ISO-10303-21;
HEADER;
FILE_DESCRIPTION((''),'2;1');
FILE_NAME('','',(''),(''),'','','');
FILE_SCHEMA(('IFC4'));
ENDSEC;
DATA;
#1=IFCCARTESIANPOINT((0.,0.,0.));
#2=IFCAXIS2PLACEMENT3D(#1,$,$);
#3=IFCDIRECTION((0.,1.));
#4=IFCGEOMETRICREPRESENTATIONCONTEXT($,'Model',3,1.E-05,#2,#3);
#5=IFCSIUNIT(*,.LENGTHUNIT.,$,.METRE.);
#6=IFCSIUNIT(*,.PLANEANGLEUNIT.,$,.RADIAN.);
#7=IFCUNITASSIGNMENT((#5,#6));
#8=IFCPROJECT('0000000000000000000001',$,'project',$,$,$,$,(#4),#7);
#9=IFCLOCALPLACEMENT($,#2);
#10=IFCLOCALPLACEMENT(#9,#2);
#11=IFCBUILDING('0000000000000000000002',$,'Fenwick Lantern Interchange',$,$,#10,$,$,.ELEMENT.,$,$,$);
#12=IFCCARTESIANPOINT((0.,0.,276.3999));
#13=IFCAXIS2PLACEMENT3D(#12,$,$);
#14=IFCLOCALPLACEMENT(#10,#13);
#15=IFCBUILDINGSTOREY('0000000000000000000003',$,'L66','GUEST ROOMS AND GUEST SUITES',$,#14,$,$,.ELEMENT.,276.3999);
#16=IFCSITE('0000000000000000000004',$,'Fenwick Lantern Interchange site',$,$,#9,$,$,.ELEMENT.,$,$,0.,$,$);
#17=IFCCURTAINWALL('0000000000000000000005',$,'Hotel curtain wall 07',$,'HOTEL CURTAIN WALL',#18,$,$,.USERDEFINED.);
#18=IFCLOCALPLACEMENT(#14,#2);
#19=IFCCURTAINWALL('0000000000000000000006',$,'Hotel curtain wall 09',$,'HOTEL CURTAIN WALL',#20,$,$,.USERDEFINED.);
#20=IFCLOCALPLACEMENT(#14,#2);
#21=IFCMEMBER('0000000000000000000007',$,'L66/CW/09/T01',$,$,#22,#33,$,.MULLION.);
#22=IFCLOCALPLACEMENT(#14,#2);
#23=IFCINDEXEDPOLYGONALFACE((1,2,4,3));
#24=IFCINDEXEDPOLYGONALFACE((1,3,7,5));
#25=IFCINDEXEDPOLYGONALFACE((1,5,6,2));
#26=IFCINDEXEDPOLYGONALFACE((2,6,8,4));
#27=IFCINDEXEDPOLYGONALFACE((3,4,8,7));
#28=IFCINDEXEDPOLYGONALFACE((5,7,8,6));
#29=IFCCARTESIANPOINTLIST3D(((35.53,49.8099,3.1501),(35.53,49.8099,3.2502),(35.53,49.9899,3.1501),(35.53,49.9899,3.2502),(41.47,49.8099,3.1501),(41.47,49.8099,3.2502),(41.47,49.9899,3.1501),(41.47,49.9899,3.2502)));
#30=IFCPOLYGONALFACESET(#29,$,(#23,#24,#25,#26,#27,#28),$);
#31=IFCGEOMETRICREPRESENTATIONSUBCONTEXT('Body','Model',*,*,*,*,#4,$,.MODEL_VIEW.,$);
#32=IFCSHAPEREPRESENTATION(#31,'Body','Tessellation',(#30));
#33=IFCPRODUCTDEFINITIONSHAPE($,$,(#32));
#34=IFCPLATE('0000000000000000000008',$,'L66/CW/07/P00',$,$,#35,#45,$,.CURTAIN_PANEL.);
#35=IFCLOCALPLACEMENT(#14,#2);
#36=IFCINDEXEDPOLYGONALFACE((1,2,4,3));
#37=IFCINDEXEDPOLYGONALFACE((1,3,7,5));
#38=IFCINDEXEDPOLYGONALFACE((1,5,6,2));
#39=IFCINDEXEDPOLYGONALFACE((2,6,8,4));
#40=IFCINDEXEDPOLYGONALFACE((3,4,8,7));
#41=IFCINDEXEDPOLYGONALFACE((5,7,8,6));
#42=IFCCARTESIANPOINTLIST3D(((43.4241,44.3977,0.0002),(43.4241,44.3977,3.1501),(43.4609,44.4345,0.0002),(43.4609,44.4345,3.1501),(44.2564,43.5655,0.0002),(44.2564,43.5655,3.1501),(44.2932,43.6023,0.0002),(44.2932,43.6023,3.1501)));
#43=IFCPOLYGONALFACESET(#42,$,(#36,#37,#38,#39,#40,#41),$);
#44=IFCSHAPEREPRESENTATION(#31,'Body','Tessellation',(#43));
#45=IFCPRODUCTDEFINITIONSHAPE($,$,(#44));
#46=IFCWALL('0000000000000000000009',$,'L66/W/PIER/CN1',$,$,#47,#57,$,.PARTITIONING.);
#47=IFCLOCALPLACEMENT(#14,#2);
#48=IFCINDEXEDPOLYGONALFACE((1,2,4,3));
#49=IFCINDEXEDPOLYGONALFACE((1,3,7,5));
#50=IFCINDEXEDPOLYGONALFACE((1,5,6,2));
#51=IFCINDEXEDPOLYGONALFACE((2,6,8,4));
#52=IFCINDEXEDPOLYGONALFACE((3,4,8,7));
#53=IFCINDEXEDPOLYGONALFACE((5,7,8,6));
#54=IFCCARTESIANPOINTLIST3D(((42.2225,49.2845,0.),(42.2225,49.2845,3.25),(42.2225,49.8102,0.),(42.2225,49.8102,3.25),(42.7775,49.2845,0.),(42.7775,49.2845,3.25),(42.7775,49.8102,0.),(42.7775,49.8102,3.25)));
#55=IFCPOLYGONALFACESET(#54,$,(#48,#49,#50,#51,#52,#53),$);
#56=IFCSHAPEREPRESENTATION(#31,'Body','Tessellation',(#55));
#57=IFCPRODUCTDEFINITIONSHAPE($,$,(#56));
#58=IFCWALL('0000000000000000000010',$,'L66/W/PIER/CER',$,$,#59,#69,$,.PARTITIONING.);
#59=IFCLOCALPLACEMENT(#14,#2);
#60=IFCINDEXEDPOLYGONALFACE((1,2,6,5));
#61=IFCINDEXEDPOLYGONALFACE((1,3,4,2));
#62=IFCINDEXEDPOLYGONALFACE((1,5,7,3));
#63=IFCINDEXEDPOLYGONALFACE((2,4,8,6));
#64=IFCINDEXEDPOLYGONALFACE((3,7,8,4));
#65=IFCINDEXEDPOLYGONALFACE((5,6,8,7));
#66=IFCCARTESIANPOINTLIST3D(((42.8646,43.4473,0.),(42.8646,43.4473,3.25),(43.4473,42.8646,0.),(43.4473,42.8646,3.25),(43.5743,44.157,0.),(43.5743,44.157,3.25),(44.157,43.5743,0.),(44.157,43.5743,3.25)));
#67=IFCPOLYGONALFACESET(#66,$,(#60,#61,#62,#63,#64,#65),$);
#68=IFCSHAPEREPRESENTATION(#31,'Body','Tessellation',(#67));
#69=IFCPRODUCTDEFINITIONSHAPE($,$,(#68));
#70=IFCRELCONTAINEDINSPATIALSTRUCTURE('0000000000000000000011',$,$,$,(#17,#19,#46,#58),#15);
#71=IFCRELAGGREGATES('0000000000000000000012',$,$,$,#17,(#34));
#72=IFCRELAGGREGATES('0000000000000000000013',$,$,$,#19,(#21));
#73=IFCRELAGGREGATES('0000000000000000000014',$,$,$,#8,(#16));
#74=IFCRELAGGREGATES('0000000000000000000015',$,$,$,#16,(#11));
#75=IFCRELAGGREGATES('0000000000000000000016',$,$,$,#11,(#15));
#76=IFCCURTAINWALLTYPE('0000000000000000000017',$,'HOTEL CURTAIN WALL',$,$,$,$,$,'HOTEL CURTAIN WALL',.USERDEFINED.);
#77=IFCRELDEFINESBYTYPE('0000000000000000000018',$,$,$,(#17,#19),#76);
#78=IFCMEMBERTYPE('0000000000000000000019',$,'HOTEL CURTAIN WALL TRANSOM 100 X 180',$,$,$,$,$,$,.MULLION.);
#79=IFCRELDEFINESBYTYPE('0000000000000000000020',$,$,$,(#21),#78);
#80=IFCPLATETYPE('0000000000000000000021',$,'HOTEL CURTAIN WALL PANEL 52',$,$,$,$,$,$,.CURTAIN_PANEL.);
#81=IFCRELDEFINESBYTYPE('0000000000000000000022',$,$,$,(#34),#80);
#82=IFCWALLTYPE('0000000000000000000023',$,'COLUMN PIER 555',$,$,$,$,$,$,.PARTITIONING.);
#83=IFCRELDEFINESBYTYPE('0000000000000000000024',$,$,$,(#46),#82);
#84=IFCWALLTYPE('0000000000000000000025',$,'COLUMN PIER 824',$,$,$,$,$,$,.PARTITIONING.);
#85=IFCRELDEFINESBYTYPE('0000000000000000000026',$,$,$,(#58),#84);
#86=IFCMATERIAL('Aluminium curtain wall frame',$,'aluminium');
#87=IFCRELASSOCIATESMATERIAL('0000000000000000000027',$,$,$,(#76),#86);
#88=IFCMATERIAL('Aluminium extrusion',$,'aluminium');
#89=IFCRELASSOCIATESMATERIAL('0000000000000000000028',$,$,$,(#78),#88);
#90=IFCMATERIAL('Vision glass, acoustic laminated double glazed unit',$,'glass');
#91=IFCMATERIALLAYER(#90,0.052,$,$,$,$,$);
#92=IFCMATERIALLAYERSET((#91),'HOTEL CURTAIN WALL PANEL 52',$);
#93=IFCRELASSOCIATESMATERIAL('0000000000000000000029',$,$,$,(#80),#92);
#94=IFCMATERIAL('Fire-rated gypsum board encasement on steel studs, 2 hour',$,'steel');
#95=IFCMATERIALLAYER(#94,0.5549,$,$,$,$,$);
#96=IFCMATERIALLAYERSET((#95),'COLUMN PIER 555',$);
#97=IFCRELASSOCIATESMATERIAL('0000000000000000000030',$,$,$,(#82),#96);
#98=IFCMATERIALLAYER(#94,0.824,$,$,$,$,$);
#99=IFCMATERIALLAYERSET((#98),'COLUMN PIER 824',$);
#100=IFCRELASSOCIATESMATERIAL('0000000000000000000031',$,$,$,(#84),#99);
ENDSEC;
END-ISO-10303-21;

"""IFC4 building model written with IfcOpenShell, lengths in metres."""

from ifc_helpers import new_model, si_unit, direction, frame, frame_2d, origin, origin_2d, place, context, subcontext, project, spatial, rectangle, extrude, material, layer, layer_set, material_profile, profile_set, type_object, element, aggregate, save


model = new_model("IFC4")

# Units and contexts
model_context = context("Model", 3, precision=1e-05, world=origin(), true_north=direction((0.0, 1.0)))
body_context = subcontext(model_context, "Body", "Model", "MODEL_VIEW")
ifc_project = project(units=[si_unit("LENGTHUNIT", "METRE"), si_unit("PLANEANGLEUNIT", "RADIAN")], contexts=[model_context])

# Site, building, storey
site_placement = place(None, origin())
site = spatial("IfcSite", under=ifc_project, at=site_placement, Name="Fenwick Lantern Interchange site", CompositionType="ELEMENT", RefElevation=0.0)
building_placement = place(site_placement, origin())
building = spatial("IfcBuilding", under=site, at=building_placement, Name="Fenwick Lantern Interchange", CompositionType="ELEMENT")
storey_placement = place(building_placement, frame((0.0, 0.0, 276.3999)))
storey = spatial("IfcBuildingStorey", under=building, at=storey_placement, Name="L66", Description="GUEST ROOMS AND GUEST SUITES", CompositionType="ELEMENT", Elevation=276.3999)

# Curtain walls
ifc_material_1 = material(Name="Aluminium curtain wall frame", Category="aluminium")
curtain_wall_type = type_object("IfcCurtainWallType", Name="HOTEL CURTAIN WALL", ElementType="HOTEL CURTAIN WALL", PredefinedType="USERDEFINED", material=ifc_material_1)
curtain_wall_1_placement = place(storey_placement, origin())
curtain_wall_1 = element("IfcCurtainWall", 1, at=curtain_wall_1_placement, inside=storey, type_object=curtain_wall_type, Name="Hotel curtain wall 07", ObjectType="HOTEL CURTAIN WALL", PredefinedType="USERDEFINED")
ifc_material_2 = material(Name="Aluminium extrusion", Category="aluminium")
curtain_wall_2_placement = place(storey_placement, origin())
curtain_wall_2 = element("IfcCurtainWall", 2, at=curtain_wall_2_placement, inside=storey, type_object=curtain_wall_type, Name="Hotel curtain wall 09", ObjectType="HOTEL CURTAIN WALL", PredefinedType="USERDEFINED")

# Member
ifc_material_profile_1 = material_profile(ifc_material_2, rectangle(XDim=0.1799, YDim=0.1001, at=origin_2d()), Name="HOTEL CURTAIN WALL TRANSOM 100 X 180")
ifc_profile_set_1 = profile_set([ifc_material_profile_1], Name="Aluminium extrusion")
member_type_1 = type_object("IfcMemberType", Name="HOTEL CURTAIN WALL TRANSOM 100 X 180", PredefinedType="MULLION", material=ifc_profile_set_1)
member_1_placement = place(storey_placement, frame((41.47, 49.8999, 3.2002), z_axis=(-1.0, 0.0, 0.0), x_axis=(0.0, -1.0, 0.0)))
member_1 = element("IfcMember", 3, at=member_1_placement, type_object=member_type_1, Name="L66/CW/09/T01", PredefinedType="MULLION", context=body_context, shape_type="SweptSolid", body=[
    extrude(rectangle(XDim=0.1799, YDim=0.1001, at=origin_2d()), origin(), (0.0, 0.0, 1.0), 5.9399),
])

# Plate
ifc_material_3 = material(Name="Vision glass, acoustic laminated double glazed unit", Category="glass")
ifc_layer_1 = layer(ifc_material_3, 0.052)
ifc_layer_set_1 = layer_set([ifc_layer_1], Name="HOTEL CURTAIN WALL PANEL 52")
plate_type = type_object("IfcPlateType", Name="HOTEL CURTAIN WALL PANEL 52", PredefinedType="CURTAIN_PANEL", material=ifc_layer_set_1)
plate_1_placement = place(storey_placement, frame((43.8586, 44.0, 0.0002), z_axis=(0.0, 0.0, 1.0), x_axis=(-0.707107, 0.707107, 0.0)))
plate_1 = element("IfcPlate", 4, at=plate_1_placement, type_object=plate_type, Name="L66/CW/07/P00", PredefinedType="CURTAIN_PANEL", context=body_context, shape_type="SweptSolid", body=[
    extrude(rectangle(XDim=1.177, YDim=0.052, at=origin_2d()), origin(), (0.0, 0.0, 1.0), 3.1499),
])
aggregate(curtain_wall_1, [plate_1])
aggregate(curtain_wall_2, [member_1])

# Walls
ifc_material_4 = material(Name="Fire-rated gypsum board encasement on steel studs, 2 hour", Category="steel")
ifc_layer_2 = layer(ifc_material_4, 0.5549)
ifc_layer_set_2 = layer_set([ifc_layer_2], Name="COLUMN PIER 555")
wall_type_1 = type_object("IfcWallType", Name="COLUMN PIER 555", PredefinedType="PARTITIONING", material=ifc_layer_set_2)
wall_1_placement = place(storey_placement, frame((42.5, 49.8101, 0.0), z_axis=(0.0, 0.0, 1.0), x_axis=(0.0, -1.0, 0.0)))
element("IfcWall", 5, at=wall_1_placement, inside=storey, type_object=wall_type_1, Name="L66/W/PIER/CN1", PredefinedType="PARTITIONING", context=body_context, shape_type="SweptSolid", body=[
    extrude(rectangle(XDim=0.5256, YDim=0.5549, at=frame_2d((0.2627, 0.0))), origin(), (0.0, 0.0, 1.0), 3.25),
])
ifc_layer_3 = layer(ifc_material_4, 0.824)
ifc_layer_set_3 = layer_set([ifc_layer_3], Name="COLUMN PIER 824")
wall_type_2 = type_object("IfcWallType", Name="COLUMN PIER 824", PredefinedType="PARTITIONING", material=ifc_layer_set_3)
wall_2_placement = place(storey_placement, frame((43.8657, 43.8657, 0.0), z_axis=(0.0, 0.0, 1.0), x_axis=(-0.707107, -0.707107, 0.0)))
element("IfcWall", 6, at=wall_2_placement, inside=storey, type_object=wall_type_2, Name="L66/W/PIER/CER", PredefinedType="PARTITIONING", context=body_context, shape_type="SweptSolid", body=[
    extrude(rectangle(XDim=1.0037, YDim=0.824, at=frame_2d((0.502, 0.0))), origin(), (0.0, 0.0, 1.0), 3.25),
])

save(model, "model.ifc")
